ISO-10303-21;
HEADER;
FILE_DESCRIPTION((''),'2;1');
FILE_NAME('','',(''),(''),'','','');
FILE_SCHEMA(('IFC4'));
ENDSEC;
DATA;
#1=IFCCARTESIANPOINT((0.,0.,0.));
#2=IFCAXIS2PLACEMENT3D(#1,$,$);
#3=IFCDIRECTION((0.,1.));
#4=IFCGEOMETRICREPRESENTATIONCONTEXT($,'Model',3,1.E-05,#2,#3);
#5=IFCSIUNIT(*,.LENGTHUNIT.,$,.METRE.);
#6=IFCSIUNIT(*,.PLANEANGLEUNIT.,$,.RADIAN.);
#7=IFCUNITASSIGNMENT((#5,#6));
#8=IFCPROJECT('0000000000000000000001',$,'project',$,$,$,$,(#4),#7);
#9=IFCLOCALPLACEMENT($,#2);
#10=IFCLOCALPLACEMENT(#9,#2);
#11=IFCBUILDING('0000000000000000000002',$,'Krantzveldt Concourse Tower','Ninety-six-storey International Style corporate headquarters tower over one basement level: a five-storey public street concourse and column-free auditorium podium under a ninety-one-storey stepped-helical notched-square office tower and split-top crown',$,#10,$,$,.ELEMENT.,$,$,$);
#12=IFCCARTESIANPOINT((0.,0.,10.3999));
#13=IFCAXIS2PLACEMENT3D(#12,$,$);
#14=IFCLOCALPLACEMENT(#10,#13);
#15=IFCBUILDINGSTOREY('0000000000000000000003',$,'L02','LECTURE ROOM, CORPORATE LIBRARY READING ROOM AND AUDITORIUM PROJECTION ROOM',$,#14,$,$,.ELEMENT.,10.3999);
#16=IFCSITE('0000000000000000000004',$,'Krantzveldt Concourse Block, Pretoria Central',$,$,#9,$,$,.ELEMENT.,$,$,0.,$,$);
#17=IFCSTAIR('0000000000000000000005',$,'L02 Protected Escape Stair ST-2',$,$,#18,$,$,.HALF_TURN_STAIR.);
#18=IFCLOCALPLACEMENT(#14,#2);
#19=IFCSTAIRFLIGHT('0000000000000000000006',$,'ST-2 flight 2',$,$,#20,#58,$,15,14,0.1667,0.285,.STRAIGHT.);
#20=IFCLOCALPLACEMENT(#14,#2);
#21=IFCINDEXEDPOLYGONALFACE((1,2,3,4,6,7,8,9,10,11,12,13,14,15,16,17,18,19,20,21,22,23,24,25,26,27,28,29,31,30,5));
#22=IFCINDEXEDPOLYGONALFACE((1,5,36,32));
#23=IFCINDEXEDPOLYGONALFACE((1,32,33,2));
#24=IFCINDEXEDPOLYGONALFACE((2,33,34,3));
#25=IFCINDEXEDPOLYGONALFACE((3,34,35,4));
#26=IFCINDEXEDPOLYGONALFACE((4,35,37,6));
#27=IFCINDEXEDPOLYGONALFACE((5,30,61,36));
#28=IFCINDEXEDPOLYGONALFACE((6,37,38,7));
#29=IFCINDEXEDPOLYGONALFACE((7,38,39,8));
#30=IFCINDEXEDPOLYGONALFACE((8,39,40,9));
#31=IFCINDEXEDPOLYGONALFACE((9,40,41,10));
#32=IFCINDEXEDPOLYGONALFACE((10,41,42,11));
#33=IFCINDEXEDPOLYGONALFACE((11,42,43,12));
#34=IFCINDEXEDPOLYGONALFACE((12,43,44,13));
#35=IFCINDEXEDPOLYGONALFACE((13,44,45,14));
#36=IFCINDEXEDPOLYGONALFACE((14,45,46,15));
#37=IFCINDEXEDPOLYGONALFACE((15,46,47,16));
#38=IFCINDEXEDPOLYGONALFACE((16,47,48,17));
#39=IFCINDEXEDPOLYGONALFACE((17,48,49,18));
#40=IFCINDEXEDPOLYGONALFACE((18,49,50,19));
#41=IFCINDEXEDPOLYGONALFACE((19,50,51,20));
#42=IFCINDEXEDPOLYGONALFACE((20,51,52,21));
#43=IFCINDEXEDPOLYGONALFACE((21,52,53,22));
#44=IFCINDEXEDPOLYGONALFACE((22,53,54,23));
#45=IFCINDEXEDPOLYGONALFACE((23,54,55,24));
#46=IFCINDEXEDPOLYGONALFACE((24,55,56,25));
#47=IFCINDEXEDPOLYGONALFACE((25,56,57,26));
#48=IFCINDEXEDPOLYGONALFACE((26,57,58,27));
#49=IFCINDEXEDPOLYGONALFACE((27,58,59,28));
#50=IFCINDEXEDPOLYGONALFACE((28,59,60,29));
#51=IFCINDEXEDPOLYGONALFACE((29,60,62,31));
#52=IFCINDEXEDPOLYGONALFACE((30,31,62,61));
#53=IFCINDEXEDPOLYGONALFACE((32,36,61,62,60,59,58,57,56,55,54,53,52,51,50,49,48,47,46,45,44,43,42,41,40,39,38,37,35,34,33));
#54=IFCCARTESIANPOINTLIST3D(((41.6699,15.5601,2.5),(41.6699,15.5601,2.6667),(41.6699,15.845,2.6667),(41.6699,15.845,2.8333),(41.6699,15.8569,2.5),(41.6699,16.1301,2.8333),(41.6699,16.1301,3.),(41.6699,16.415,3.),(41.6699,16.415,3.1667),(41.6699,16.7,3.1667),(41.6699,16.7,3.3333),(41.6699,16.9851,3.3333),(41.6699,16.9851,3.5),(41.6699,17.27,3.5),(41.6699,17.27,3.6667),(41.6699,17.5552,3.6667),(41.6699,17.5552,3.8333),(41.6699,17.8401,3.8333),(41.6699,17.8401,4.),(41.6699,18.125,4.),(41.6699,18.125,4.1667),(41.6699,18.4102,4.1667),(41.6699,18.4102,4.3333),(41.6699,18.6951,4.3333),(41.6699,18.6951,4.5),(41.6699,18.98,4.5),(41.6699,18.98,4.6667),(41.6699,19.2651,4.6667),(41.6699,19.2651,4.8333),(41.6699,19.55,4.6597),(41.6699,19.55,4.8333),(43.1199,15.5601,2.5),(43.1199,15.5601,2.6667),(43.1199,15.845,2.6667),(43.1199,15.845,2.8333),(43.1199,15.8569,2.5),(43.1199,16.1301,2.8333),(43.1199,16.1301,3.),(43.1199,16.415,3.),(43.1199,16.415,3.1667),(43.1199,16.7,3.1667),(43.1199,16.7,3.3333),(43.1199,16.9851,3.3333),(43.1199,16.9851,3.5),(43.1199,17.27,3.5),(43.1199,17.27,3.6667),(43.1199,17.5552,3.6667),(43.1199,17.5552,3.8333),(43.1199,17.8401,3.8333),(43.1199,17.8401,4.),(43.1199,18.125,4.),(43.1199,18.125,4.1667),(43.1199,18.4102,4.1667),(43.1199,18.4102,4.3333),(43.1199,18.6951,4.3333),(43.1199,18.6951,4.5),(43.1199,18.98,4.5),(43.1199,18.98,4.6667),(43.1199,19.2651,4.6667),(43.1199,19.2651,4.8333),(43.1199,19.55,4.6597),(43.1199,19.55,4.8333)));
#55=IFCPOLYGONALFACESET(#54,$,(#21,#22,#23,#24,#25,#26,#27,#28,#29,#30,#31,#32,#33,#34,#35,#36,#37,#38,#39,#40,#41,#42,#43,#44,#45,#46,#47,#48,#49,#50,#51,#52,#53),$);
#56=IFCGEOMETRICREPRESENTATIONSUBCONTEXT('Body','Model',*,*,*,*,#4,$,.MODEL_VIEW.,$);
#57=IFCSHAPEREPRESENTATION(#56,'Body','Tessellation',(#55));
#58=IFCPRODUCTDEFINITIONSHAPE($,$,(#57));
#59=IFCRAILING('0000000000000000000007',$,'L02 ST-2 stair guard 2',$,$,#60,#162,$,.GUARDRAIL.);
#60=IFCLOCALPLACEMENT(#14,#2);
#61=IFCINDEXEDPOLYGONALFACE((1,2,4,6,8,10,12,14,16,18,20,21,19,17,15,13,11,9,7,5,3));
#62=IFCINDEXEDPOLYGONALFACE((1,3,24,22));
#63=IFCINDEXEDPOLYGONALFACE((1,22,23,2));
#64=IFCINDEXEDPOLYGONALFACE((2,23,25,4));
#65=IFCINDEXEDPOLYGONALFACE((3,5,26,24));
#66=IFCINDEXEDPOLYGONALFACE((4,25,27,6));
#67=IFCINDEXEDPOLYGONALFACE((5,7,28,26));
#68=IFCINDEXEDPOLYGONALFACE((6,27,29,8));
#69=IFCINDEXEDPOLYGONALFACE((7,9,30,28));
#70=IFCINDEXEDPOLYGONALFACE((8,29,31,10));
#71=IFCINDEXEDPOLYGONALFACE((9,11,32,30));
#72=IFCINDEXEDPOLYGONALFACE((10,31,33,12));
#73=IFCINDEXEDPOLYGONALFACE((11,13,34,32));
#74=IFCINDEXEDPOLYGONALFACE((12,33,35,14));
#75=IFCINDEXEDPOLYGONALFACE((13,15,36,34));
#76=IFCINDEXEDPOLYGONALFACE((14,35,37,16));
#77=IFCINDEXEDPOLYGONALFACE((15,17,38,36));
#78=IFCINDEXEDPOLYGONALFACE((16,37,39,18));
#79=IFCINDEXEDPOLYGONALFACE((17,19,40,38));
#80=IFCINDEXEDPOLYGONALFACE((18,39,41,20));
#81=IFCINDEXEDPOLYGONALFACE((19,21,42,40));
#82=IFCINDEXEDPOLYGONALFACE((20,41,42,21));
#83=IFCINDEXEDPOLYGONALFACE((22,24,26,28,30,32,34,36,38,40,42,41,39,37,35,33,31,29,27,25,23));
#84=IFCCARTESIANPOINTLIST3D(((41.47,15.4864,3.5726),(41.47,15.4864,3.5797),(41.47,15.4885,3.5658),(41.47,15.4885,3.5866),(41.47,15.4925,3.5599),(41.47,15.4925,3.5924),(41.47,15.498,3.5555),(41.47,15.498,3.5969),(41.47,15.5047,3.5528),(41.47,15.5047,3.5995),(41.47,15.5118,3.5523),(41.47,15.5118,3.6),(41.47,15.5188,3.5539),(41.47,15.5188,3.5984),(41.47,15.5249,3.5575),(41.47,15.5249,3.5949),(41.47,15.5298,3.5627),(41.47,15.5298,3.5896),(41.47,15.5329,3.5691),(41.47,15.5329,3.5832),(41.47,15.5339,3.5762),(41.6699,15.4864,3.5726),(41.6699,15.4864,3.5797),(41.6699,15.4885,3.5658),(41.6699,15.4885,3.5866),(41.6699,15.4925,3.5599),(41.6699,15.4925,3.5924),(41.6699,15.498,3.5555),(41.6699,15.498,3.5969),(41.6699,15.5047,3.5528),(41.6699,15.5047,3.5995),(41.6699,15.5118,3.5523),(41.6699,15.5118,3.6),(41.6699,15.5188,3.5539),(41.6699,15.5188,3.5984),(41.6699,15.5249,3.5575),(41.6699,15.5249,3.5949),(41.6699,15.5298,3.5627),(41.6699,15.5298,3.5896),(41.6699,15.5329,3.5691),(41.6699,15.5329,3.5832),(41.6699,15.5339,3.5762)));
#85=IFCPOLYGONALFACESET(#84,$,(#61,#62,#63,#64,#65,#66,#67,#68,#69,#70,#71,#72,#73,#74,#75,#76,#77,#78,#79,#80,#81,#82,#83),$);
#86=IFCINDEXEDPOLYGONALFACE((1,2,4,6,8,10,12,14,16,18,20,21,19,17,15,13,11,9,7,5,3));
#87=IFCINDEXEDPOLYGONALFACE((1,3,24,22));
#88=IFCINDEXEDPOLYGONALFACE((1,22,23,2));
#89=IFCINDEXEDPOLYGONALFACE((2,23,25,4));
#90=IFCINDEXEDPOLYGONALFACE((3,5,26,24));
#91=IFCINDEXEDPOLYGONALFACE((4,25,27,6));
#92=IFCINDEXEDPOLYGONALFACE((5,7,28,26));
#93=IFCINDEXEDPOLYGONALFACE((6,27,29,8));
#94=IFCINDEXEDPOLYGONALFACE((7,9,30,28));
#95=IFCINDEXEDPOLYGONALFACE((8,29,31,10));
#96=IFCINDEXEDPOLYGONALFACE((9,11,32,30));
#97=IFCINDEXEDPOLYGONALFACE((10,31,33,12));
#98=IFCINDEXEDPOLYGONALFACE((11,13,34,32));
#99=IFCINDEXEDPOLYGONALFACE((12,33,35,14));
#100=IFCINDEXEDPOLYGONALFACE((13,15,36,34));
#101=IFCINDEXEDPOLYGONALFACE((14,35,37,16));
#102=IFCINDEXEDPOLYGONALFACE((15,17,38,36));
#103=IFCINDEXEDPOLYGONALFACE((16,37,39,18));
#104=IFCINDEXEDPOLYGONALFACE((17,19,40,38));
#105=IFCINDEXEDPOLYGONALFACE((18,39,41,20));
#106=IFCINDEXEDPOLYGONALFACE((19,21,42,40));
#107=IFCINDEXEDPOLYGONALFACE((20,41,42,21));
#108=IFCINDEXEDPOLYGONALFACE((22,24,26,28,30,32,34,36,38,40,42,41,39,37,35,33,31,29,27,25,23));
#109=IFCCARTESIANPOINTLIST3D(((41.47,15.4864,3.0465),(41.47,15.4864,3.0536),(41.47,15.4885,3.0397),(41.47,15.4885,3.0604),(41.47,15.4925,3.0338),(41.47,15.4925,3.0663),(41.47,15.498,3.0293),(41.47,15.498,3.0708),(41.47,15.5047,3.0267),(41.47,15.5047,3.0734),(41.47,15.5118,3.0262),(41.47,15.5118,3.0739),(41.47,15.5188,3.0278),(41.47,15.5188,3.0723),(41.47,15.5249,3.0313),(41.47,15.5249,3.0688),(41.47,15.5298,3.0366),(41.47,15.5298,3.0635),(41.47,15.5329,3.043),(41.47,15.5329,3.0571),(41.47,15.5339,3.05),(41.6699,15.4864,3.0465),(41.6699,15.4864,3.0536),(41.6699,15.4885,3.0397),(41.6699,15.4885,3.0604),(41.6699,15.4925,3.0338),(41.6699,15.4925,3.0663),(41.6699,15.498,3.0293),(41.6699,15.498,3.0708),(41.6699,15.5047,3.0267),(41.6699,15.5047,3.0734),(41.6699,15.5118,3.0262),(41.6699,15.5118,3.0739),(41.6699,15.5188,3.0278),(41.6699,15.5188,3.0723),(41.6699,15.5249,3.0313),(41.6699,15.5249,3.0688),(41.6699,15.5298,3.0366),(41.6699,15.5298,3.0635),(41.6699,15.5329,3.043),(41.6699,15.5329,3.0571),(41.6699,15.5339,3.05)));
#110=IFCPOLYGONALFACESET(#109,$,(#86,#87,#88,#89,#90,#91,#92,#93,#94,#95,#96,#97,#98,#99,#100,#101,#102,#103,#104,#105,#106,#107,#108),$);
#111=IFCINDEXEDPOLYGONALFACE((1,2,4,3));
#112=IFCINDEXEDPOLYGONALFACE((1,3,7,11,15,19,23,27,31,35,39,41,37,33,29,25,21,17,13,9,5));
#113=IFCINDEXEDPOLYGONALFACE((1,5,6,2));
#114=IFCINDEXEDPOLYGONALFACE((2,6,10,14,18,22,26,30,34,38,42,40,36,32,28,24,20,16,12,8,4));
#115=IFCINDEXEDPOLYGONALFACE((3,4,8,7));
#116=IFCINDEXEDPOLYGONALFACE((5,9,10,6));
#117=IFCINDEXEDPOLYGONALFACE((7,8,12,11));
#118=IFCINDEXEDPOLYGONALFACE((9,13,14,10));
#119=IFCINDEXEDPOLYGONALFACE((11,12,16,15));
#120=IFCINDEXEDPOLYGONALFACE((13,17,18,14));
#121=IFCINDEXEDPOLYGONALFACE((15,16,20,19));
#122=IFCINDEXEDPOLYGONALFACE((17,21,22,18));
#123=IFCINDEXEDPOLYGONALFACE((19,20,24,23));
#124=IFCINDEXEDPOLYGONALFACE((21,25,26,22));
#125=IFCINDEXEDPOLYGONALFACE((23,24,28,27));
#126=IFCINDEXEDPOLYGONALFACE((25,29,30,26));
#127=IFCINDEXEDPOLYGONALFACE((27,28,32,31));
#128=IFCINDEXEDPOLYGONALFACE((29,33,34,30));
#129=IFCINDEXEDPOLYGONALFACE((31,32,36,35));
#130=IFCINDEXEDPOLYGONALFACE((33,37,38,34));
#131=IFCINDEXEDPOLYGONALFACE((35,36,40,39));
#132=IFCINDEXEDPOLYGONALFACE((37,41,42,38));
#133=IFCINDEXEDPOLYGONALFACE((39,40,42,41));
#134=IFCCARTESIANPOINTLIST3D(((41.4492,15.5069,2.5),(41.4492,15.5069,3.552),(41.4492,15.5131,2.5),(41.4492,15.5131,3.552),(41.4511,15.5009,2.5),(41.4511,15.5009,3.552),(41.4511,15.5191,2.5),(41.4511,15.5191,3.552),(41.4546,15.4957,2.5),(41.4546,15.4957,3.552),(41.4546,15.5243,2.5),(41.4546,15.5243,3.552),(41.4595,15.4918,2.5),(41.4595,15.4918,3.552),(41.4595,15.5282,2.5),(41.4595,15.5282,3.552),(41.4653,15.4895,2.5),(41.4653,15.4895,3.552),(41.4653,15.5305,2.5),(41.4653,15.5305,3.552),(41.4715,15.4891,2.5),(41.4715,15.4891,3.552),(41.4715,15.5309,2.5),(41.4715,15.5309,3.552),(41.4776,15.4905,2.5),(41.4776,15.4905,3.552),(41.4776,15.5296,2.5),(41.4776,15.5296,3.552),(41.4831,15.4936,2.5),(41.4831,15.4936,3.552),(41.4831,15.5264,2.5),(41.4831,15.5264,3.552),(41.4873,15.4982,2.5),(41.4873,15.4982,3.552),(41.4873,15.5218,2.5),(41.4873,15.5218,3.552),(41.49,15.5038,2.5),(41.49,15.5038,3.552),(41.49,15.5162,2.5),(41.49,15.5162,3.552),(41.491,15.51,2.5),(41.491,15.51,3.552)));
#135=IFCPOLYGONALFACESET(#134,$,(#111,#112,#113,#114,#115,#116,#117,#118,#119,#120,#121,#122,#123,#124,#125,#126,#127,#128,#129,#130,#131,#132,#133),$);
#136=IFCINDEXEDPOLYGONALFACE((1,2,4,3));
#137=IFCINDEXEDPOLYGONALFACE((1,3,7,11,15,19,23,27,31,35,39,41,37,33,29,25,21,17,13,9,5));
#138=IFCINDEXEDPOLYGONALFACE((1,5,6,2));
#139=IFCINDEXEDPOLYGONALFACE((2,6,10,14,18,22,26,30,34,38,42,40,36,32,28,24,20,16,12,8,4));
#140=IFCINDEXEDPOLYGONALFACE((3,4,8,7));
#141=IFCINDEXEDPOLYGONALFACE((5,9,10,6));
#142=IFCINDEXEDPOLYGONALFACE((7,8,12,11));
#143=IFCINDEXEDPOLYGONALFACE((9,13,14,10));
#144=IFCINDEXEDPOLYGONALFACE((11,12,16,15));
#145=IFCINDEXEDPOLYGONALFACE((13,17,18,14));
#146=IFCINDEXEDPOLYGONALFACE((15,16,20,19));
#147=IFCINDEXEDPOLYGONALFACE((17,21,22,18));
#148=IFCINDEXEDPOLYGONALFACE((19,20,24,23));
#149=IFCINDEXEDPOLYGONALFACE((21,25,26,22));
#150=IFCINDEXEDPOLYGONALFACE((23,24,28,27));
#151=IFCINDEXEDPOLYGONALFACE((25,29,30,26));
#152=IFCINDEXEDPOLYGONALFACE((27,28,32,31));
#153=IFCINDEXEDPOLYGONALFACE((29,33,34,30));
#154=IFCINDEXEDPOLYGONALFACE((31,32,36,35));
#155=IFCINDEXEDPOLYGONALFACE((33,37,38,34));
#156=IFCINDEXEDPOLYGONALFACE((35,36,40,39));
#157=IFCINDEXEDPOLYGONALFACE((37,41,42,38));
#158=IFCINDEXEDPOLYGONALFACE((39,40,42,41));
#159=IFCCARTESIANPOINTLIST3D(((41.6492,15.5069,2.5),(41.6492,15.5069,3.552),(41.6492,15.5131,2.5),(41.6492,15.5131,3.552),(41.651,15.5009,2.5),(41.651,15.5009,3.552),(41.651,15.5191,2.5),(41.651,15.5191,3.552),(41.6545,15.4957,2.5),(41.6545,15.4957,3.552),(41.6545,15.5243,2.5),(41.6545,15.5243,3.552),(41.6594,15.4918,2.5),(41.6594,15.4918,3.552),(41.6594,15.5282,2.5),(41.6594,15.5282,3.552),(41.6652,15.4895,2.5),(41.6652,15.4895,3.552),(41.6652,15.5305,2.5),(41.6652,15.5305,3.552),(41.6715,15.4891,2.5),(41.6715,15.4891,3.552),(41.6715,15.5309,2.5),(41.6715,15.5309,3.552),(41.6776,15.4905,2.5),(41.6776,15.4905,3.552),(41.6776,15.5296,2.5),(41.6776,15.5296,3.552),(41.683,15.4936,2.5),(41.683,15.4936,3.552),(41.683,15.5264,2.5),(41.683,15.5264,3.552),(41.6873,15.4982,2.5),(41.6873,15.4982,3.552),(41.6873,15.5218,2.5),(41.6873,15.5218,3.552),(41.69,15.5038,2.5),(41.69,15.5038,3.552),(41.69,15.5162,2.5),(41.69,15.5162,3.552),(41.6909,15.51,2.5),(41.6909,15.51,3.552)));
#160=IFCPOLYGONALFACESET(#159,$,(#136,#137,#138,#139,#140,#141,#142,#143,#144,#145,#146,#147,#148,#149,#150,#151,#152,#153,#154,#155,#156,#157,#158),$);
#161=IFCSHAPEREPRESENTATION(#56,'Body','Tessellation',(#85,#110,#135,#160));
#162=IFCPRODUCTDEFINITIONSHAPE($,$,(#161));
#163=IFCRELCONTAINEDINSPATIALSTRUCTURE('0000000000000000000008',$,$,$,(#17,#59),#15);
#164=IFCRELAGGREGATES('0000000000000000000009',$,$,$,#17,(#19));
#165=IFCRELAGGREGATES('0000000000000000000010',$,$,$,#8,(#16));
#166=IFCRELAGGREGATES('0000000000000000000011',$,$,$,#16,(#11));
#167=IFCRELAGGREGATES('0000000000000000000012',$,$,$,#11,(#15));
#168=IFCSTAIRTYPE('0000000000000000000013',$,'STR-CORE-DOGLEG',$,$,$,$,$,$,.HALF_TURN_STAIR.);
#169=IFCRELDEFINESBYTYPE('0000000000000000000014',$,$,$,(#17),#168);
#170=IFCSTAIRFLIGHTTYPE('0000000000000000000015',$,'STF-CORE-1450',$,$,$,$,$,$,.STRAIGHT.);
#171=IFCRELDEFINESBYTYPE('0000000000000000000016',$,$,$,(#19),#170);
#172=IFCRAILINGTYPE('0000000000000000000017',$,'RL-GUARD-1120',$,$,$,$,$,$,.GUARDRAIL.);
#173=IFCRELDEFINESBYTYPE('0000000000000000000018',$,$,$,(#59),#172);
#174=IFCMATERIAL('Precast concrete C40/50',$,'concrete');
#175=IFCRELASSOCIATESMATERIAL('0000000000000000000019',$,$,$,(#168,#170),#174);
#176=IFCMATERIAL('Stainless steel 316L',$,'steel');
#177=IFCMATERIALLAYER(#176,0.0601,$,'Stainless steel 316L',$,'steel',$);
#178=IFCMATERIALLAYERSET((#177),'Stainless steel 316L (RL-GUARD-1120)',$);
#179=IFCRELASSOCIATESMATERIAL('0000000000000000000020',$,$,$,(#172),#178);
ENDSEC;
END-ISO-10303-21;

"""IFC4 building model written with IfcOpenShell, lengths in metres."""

from ifc_helpers import new_model, si_unit, direction, frame, origin, origin_2d, place, context, subcontext, project, spatial, polyline, circle, outline, extrude, material, layer, layer_set, type_object, element, aggregate, save


model = new_model("IFC4")

# Units and contexts
model_context = context("Model", 3, precision=1e-05, world=origin(), true_north=direction((0.0, 1.0)))
body_context = subcontext(model_context, "Body", "Model", "MODEL_VIEW")
ifc_project = project(units=[si_unit("LENGTHUNIT", "METRE"), si_unit("PLANEANGLEUNIT", "RADIAN")], contexts=[model_context])

# Site, building, storey
site_placement = place(None, origin())
site = spatial("IfcSite", under=ifc_project, at=site_placement, Name="Krantzveldt Concourse Block, Pretoria Central", CompositionType="ELEMENT", RefElevation=0.0)
building_placement = place(site_placement, origin())
building = spatial("IfcBuilding", under=site, at=building_placement, Name="Krantzveldt Concourse Tower", Description="Ninety-six-storey International Style corporate headquarters tower over one basement level: a five-storey public street concourse and column-free auditorium podium under a ninety-one-storey stepped-helical notched-square office tower and split-top crown", CompositionType="ELEMENT")
storey_placement = place(building_placement, frame((0.0, 0.0, 10.3999)))
storey = spatial("IfcBuildingStorey", under=building, at=storey_placement, Name="L02", Description="LECTURE ROOM, CORPORATE LIBRARY READING ROOM AND AUDITORIUM PROJECTION ROOM", CompositionType="ELEMENT", Elevation=10.3999)

# Shared definitions
ifc_material_1 = material(Name="Stainless steel 316L", Category="steel")

# Stair, stair flight
ifc_material_2 = material(Name="Precast concrete C40/50", Category="concrete")
stair_type = type_object("IfcStairType", Name="STR-CORE-DOGLEG", PredefinedType="HALF_TURN_STAIR", material=ifc_material_2)
stair_placement = place(storey_placement, origin())
stair = element("IfcStair", 1, at=stair_placement, inside=storey, type_object=stair_type, Name="L02 Protected Escape Stair ST-2", PredefinedType="HALF_TURN_STAIR")
stair_flight_type = type_object("IfcStairFlightType", Name="STF-CORE-1450", PredefinedType="STRAIGHT", material=ifc_material_2)
stair_flight_placement = place(storey_placement, frame((42.395, 15.5601, 2.5), z_axis=(0.0, 0.0, 1.0), x_axis=(0.0, 1.0, 0.0)))
stair_flight = element("IfcStairFlight", 2, at=stair_flight_placement, type_object=stair_flight_type, Name="ST-2 flight 2", NumberOfRisers=15, NumberOfTreads=14, PredefinedType="STRAIGHT", RiserHeight=0.1667, TreadLength=0.285, context=body_context, shape_type="SweptSolid", body=[
    extrude(outline(polyline([(0.0, 0.0), (0.0, 0.1667), (0.2849, 0.1667), (0.2849, 0.3333), (0.5701, 0.3333), (0.5701, 0.5), (0.855, 0.5), (0.855, 0.6667), (1.1399, 0.6667), (1.1399, 0.8333), (1.425, 0.8333), (1.425, 1.0), (1.71, 1.0), (1.71, 1.1667), (1.9951, 1.1667), (1.9951, 1.3333), (2.28, 1.3333), (2.28, 1.5), (2.5649, 1.5), (2.5649, 1.6667), (2.8501, 1.6667), (2.8501, 1.8333), (3.135, 1.8333), (3.135, 2.0), (3.4199, 2.0), (3.4199, 2.1667), (3.7051, 2.1667), (3.7051, 2.3333), (3.99, 2.3333), (3.99, 2.5), (3.99, 2.1597), (0.2969, 0.0), (0.0, 0.0)])), frame((0.0, 0.7251, 0.0), z_axis=(0.0, -1.0, 0.0), x_axis=(1.0, 0.0, 0.0)), (0.0, 0.0, 1.0), 1.45),
])
aggregate(stair, [stair_flight])

# Railing
ifc_layer_1 = layer(ifc_material_1, 0.0601, Name="Stainless steel 316L", Category="steel")
ifc_layer_set_1 = layer_set([ifc_layer_1], Name="Stainless steel 316L (RL-GUARD-1120)")
railing_type_1 = type_object("IfcRailingType", Name="RL-GUARD-1120", PredefinedType="GUARDRAIL", material=ifc_layer_set_1)
railing_1_placement = place(storey_placement, frame((41.47, 15.51, 2.5)))
element("IfcRailing", 3, at=railing_1_placement, inside=storey, type_object=railing_type_1, Name="L02 ST-2 stair guard 2", PredefinedType="GUARDRAIL", context=body_context, shape_type="SweptSolid", body=[
    extrude(circle(Radius=0.0239, at=origin_2d()), frame((0.0, 0.0, 1.0762), z_axis=(1.0, 0.0, 0.0), x_axis=(0.0, 1.0, 0.0)), (0.0, 0.0, 1.0), 0.2),
    extrude(circle(Radius=0.0239, at=origin_2d()), frame((0.0, 0.0, 0.55), z_axis=(1.0, 0.0, 0.0), x_axis=(0.0, 1.0, 0.0)), (0.0, 0.0, 1.0), 0.2),
    extrude(circle(Radius=0.021, at=origin_2d()), origin(), (0.0, 0.0, 1.0), 1.052),
    extrude(circle(Radius=0.021, at=origin_2d()), frame((0.2, 0.0, 0.0)), (0.0, 0.0, 1.0), 1.052),
])

save(model, "model.ifc")
